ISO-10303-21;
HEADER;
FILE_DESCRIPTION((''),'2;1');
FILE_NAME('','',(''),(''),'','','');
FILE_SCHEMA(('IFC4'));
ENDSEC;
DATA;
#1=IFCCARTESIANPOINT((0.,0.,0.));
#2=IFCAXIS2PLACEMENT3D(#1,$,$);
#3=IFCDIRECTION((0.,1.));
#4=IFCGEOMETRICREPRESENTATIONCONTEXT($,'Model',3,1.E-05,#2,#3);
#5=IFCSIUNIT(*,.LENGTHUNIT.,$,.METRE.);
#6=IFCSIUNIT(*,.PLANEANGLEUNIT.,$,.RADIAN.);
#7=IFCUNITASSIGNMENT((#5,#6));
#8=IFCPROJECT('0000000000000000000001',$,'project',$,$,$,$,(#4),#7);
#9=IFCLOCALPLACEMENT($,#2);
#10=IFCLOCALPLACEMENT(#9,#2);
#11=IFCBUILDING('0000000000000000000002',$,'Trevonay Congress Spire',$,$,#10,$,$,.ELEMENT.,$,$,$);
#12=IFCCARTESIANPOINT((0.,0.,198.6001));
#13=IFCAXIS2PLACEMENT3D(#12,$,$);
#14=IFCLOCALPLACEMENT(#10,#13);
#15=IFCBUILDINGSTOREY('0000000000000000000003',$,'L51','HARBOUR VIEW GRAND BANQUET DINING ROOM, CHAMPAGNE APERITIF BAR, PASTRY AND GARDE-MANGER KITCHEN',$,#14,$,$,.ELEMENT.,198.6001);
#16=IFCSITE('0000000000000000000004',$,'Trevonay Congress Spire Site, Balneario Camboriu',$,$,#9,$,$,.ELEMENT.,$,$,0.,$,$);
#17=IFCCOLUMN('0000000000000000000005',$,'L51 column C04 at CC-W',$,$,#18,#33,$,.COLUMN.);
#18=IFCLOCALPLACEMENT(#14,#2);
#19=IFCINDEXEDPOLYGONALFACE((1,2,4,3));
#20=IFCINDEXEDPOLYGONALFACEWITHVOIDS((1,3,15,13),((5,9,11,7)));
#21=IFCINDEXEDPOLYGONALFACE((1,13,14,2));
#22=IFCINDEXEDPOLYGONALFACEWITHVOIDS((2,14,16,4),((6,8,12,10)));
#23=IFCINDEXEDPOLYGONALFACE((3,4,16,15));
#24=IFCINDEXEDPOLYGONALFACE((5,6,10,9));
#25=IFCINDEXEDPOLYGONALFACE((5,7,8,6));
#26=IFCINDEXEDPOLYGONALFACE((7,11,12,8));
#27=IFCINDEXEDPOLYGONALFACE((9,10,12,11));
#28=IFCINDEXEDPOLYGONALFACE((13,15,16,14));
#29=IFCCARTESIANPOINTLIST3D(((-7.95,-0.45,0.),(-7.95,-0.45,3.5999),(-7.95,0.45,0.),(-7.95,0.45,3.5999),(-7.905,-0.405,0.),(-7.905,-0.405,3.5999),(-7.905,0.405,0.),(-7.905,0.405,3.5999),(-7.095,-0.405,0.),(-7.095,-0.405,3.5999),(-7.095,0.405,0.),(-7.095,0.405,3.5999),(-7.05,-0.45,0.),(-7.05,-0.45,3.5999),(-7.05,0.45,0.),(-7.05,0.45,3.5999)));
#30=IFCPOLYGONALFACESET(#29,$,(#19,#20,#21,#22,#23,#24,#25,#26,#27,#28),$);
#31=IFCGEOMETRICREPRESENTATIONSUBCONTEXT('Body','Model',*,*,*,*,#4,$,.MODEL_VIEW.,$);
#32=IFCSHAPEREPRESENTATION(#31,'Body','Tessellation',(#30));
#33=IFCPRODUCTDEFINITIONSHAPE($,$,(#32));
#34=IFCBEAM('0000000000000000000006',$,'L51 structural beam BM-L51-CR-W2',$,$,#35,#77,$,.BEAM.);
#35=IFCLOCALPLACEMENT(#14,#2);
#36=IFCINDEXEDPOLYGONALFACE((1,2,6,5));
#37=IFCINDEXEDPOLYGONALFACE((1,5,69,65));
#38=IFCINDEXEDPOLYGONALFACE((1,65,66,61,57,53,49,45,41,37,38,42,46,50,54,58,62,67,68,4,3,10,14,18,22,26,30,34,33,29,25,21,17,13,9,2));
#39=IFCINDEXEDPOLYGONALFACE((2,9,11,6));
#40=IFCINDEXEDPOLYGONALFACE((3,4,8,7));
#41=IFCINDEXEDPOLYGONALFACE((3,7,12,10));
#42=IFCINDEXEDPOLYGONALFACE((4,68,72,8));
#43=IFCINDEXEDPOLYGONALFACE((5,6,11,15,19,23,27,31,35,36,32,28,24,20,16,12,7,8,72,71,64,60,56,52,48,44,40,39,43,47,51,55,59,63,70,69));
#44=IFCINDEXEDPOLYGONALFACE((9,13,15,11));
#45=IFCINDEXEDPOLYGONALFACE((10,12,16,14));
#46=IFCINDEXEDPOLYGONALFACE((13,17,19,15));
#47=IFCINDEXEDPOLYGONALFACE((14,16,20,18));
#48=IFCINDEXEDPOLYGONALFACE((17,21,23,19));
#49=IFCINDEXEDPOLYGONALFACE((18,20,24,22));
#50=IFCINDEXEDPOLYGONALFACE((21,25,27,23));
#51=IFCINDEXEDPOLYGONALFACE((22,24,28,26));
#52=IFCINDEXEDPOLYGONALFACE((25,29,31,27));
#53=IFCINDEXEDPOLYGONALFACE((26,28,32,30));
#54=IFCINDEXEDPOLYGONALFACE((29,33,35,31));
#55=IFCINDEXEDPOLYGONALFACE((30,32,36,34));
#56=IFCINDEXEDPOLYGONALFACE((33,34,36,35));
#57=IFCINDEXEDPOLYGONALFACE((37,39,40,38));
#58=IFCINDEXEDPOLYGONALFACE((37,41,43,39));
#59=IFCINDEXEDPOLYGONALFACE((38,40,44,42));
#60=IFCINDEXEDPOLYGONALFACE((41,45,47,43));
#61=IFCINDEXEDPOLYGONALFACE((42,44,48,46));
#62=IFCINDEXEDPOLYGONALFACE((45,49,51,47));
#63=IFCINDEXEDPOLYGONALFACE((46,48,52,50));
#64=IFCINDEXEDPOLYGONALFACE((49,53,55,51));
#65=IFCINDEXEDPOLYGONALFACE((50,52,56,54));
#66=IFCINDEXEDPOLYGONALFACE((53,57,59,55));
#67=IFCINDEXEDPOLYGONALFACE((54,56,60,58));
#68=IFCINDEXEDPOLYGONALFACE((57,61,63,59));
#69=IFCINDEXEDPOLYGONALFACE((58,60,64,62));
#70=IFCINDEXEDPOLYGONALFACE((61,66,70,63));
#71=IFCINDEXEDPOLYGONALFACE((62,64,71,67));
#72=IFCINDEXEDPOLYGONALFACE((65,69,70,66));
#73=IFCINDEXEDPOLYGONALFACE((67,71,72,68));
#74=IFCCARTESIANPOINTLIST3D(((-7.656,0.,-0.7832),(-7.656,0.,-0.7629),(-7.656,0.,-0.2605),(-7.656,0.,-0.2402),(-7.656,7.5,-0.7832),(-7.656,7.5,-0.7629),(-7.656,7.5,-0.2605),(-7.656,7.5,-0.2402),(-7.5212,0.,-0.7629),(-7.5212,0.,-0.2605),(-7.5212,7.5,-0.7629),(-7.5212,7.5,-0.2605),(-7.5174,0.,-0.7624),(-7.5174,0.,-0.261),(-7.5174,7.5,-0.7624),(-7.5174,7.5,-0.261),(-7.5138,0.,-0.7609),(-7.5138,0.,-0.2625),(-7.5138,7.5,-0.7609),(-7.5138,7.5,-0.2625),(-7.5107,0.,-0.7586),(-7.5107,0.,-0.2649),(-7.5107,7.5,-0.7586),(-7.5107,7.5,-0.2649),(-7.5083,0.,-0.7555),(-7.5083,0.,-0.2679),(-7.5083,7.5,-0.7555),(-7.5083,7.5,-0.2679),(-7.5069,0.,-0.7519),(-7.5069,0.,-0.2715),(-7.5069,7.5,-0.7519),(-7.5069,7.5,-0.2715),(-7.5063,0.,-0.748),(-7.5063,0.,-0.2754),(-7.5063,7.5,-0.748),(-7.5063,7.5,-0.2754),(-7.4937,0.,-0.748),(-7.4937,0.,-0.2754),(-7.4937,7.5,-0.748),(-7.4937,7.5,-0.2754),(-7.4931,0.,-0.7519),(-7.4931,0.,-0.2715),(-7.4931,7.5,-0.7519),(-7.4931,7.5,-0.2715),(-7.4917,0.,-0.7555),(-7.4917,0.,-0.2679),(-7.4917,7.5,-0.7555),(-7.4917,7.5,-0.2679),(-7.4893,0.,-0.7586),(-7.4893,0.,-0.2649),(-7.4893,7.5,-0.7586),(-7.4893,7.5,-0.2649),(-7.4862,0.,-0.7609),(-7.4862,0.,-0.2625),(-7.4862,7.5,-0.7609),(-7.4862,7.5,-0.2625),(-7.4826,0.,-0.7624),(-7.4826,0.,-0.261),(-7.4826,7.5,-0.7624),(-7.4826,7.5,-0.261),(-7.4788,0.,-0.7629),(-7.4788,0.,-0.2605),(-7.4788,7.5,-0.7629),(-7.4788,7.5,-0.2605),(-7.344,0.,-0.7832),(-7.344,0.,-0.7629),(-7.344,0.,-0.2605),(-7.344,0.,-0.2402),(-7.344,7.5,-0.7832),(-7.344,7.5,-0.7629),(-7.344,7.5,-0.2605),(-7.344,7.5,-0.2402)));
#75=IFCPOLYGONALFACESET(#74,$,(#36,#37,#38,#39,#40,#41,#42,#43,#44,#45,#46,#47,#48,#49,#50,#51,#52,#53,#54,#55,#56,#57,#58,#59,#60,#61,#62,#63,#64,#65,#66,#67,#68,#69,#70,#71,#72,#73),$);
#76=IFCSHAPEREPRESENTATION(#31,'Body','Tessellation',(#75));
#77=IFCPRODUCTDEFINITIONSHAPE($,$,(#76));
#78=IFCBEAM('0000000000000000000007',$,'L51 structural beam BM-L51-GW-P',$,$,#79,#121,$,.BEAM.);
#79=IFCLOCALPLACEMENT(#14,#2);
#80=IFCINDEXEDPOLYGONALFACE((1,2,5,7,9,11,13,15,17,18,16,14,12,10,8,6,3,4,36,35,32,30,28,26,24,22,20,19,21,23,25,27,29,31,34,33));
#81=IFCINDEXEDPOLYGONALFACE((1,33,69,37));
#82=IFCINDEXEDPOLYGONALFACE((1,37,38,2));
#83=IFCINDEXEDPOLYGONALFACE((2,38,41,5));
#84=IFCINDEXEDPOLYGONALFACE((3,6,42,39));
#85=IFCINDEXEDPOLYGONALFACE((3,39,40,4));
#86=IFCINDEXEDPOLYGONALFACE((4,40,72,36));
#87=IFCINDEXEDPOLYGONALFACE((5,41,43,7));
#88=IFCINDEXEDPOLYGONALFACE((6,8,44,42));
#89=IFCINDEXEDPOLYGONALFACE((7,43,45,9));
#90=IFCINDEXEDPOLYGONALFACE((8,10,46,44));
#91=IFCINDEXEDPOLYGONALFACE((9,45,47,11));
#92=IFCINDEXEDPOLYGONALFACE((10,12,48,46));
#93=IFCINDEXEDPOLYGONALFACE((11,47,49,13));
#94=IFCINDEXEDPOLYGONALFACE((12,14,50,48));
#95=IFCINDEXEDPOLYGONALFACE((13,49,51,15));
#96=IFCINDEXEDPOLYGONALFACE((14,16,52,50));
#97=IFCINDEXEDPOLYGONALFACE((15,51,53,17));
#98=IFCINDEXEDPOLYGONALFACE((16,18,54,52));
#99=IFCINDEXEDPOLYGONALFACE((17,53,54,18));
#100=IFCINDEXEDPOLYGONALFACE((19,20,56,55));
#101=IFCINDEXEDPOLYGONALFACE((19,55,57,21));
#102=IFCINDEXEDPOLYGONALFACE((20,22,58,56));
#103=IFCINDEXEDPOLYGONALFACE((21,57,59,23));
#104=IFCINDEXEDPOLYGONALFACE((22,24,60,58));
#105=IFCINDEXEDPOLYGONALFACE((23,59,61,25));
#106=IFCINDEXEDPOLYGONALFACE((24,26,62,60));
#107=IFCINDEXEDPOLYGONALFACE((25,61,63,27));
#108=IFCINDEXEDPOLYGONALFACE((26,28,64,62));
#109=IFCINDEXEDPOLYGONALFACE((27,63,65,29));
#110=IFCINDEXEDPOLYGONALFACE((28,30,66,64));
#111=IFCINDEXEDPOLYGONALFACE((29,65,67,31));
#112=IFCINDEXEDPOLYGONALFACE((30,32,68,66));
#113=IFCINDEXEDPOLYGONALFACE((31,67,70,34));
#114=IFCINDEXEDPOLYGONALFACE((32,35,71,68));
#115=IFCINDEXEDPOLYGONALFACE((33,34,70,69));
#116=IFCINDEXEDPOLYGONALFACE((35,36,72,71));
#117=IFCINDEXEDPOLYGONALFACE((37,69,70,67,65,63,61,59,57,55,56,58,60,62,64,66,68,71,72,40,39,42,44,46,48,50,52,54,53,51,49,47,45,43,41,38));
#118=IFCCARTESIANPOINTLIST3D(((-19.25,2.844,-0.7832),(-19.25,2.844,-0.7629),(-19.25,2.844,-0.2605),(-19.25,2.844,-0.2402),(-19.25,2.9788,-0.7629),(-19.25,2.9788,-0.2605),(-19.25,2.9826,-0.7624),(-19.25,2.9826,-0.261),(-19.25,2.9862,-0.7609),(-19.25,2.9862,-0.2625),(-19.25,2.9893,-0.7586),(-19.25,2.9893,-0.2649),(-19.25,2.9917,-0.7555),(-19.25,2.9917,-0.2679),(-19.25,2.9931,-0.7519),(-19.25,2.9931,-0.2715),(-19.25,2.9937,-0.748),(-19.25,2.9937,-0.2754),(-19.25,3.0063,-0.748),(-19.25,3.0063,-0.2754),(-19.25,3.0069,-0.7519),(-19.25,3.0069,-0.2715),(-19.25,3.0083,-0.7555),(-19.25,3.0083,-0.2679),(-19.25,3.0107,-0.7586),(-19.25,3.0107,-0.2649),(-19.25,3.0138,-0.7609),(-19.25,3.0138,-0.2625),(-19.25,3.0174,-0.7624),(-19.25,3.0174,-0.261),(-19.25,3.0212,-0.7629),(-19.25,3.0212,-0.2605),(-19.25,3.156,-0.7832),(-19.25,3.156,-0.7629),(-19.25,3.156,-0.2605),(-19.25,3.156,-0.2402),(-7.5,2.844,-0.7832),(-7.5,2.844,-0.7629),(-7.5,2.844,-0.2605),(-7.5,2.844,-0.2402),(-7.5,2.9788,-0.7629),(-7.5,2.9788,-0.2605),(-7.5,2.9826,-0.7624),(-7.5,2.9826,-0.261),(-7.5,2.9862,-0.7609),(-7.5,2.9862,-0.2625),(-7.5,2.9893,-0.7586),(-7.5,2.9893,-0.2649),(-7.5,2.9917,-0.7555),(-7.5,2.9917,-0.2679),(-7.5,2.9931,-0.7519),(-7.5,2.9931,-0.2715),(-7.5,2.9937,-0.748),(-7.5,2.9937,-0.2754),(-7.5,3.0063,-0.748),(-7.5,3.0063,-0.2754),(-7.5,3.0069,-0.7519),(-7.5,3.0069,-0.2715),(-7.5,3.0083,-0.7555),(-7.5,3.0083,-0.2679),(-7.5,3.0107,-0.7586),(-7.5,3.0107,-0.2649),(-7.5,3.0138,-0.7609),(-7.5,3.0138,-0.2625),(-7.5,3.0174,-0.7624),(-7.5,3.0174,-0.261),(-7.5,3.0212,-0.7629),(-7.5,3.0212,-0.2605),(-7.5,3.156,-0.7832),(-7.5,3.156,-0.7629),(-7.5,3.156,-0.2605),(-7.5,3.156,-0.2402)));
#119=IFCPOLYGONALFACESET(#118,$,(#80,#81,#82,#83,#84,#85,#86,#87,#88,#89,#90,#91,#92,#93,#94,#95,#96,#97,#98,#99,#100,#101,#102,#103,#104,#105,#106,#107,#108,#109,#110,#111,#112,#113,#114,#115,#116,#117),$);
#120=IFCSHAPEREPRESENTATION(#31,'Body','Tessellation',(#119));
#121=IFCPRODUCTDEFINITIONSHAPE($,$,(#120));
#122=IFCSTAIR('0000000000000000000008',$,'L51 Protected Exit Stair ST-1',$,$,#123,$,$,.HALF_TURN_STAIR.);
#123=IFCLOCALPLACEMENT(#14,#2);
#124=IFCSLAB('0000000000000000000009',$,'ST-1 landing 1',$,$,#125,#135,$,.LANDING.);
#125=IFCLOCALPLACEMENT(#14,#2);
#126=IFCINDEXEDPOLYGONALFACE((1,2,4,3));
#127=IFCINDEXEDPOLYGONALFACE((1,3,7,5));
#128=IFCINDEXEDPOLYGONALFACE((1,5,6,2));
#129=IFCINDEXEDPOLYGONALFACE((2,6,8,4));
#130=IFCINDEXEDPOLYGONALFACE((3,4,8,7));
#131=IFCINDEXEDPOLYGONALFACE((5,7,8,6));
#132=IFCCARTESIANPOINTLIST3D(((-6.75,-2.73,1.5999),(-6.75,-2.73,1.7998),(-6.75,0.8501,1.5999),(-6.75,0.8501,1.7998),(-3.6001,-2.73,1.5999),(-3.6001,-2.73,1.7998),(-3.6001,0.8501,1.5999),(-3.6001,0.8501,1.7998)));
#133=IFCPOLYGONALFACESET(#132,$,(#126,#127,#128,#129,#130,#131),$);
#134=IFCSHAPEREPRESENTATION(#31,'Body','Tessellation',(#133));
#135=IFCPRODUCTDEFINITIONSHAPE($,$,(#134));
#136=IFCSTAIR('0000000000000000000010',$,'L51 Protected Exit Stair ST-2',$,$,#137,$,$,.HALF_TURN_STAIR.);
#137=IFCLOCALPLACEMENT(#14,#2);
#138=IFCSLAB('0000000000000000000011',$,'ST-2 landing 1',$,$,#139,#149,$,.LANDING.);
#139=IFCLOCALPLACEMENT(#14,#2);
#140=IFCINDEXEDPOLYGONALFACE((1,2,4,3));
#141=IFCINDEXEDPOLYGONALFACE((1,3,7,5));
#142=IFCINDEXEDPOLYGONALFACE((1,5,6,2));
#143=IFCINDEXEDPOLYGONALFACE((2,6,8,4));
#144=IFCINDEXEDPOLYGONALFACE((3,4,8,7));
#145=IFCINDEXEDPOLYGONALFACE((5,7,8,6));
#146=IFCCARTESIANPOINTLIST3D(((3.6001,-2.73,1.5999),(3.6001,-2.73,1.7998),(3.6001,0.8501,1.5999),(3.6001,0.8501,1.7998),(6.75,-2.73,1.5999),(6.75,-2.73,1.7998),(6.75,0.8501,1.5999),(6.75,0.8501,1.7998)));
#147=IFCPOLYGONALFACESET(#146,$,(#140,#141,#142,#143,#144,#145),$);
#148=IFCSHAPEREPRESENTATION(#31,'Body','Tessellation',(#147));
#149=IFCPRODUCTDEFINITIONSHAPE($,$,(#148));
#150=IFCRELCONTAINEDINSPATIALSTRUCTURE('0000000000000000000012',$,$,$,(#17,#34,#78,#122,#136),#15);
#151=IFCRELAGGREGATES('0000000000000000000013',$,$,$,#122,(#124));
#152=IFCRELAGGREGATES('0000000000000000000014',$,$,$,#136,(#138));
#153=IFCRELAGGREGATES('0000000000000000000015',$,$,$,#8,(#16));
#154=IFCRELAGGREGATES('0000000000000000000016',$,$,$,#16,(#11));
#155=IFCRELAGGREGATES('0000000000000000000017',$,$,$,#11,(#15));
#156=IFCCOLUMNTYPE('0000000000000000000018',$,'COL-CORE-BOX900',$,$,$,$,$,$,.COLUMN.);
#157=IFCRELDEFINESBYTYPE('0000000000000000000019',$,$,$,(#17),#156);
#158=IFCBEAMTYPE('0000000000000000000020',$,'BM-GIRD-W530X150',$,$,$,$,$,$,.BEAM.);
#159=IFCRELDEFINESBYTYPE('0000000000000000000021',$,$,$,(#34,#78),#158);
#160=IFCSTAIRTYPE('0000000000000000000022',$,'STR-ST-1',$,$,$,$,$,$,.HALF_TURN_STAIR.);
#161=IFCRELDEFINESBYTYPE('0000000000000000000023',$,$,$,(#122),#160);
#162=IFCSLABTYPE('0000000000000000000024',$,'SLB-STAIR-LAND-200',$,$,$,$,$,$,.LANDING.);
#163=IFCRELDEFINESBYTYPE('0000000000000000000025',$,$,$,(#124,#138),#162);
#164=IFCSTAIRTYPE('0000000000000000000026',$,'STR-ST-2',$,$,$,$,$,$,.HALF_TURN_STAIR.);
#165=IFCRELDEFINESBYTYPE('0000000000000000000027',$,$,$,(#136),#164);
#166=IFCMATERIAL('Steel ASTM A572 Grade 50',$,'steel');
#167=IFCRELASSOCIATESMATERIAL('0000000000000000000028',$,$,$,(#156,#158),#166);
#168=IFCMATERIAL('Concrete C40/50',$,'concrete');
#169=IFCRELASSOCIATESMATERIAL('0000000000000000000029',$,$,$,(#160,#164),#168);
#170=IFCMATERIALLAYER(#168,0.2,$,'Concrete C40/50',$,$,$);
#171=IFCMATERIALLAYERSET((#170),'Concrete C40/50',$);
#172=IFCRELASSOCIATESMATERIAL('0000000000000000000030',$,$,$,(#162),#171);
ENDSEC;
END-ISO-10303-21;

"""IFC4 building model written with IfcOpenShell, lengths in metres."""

from ifc_helpers import new_model, si_unit, direction, frame, origin, origin_2d, place, context, subcontext, project, spatial, polyline, hollow_rectangle, i_section, outline, extrude, material, layer, layer_set, material_profile, profile_set, type_object, element, aggregate, save


model = new_model("IFC4")

# Units and contexts
model_context = context("Model", 3, precision=1e-05, world=origin(), true_north=direction((0.0, 1.0)))
body_context = subcontext(model_context, "Body", "Model", "MODEL_VIEW")
ifc_project = project(units=[si_unit("LENGTHUNIT", "METRE"), si_unit("PLANEANGLEUNIT", "RADIAN")], contexts=[model_context])

# Site, building, storey
site_placement = place(None, origin())
site = spatial("IfcSite", under=ifc_project, at=site_placement, Name="Trevonay Congress Spire Site, Balneario Camboriu", CompositionType="ELEMENT", RefElevation=0.0)
building_placement = place(site_placement, origin())
building = spatial("IfcBuilding", under=site, at=building_placement, Name="Trevonay Congress Spire", CompositionType="ELEMENT")
storey_placement = place(building_placement, frame((0.0, 0.0, 198.6001)))
storey = spatial("IfcBuildingStorey", under=building, at=storey_placement, Name="L51", Description="HARBOUR VIEW GRAND BANQUET DINING ROOM, CHAMPAGNE APERITIF BAR, PASTRY AND GARDE-MANGER KITCHEN", CompositionType="ELEMENT", Elevation=198.6001)

# Column
ifc_material_1 = material(Name="Steel ASTM A572 Grade 50", Category="steel")
ifc_material_profile_1 = material_profile(ifc_material_1, hollow_rectangle(XDim=0.8999, YDim=0.8999, WallThickness=0.0449, at=origin_2d()), Name="BOX 900x900x45")
ifc_profile_set_1 = profile_set([ifc_material_profile_1], Name="Steel ASTM A572 Grade 50")
column_type = type_object("IfcColumnType", Name="COL-CORE-BOX900", PredefinedType="COLUMN", material=ifc_profile_set_1)
column_placement = place(storey_placement, frame((-7.5, 0.0, 0.0), z_axis=(0.0, 0.0, 1.0), x_axis=(1.0, 0.0, 0.0)))
element("IfcColumn", 1, at=column_placement, inside=storey, type_object=column_type, Name="L51 column C04 at CC-W", PredefinedType="COLUMN", context=body_context, shape_type="SweptSolid", body=[
    extrude(hollow_rectangle(XDim=0.8999, YDim=0.8999, WallThickness=0.0449, at=origin_2d()), origin(), (0.0, 0.0, 1.0), 3.5999),
])

# Beams
ifc_material_profile_2 = material_profile(ifc_material_1, i_section(OverallWidth=0.312, OverallDepth=0.543, WebThickness=0.0127, FlangeThickness=0.0203, FilletRadius=0.0149, at=origin_2d()), Name="W530x150")
ifc_profile_set_2 = profile_set([ifc_material_profile_2], Name="Steel ASTM A572 Grade 50")
beam_type = type_object("IfcBeamType", Name="BM-GIRD-W530X150", PredefinedType="BEAM", material=ifc_profile_set_2)
beam_1_placement = place(storey_placement, frame((-7.5, 0.0, -0.5117), z_axis=(0.0, 1.0, 0.0), x_axis=(-1.0, 0.0, 0.0)))
element("IfcBeam", 2, at=beam_1_placement, inside=storey, type_object=beam_type, Name="L51 structural beam BM-L51-CR-W2", PredefinedType="BEAM", context=body_context, shape_type="SweptSolid", body=[
    extrude(i_section(OverallWidth=0.312, OverallDepth=0.543, WebThickness=0.0127, FlangeThickness=0.0203, FilletRadius=0.0149, at=origin_2d()), origin(), (0.0, 0.0, 1.0), 7.5),
])
beam_2_placement = place(storey_placement, frame((-7.5, 3.0, -0.5117), z_axis=(-1.0, 0.0, 0.0), x_axis=(0.0, -1.0, 0.0)))
element("IfcBeam", 3, at=beam_2_placement, inside=storey, type_object=beam_type, Name="L51 structural beam BM-L51-GW-P", PredefinedType="BEAM", context=body_context, shape_type="SweptSolid", body=[
    extrude(i_section(OverallWidth=0.312, OverallDepth=0.543, WebThickness=0.0127, FlangeThickness=0.0203, FilletRadius=0.0149, at=origin_2d()), origin(), (0.0, 0.0, 1.0), 11.75),
])

# Stairs, slabs
ifc_material_2 = material(Name="Concrete C40/50", Category="concrete")
stair_type_1 = type_object("IfcStairType", Name="STR-ST-1", PredefinedType="HALF_TURN_STAIR", material=ifc_material_2)
stair_1_placement = place(storey_placement, origin())
stair_1 = element("IfcStair", 4, at=stair_1_placement, inside=storey, type_object=stair_type_1, Name="L51 Protected Exit Stair ST-1", PredefinedType="HALF_TURN_STAIR")
ifc_layer_1 = layer(ifc_material_2, 0.2, Name="Concrete C40/50")
ifc_layer_set_1 = layer_set([ifc_layer_1], Name="Concrete C40/50")
slab_type_1 = type_object("IfcSlabType", Name="SLB-STAIR-LAND-200", PredefinedType="LANDING", material=ifc_layer_set_1)
slab_1_placement = place(storey_placement, frame((0.0, 0.0, 1.5999)))
slab_1 = element("IfcSlab", 5, at=slab_1_placement, type_object=slab_type_1, Name="ST-1 landing 1", PredefinedType="LANDING", context=body_context, shape_type="SweptSolid", body=[
    extrude(outline(polyline([(-3.6001, -2.73), (-3.6001, 0.8501), (-6.75, 0.8501), (-6.75, -2.73), (-3.6001, -2.73)])), origin(), (0.0, 0.0, 1.0), 0.2),
])
aggregate(stair_1, [slab_1])
stair_type_2 = type_object("IfcStairType", Name="STR-ST-2", PredefinedType="HALF_TURN_STAIR", material=ifc_material_2)
stair_2_placement = place(storey_placement, origin())
stair_2 = element("IfcStair", 6, at=stair_2_placement, inside=storey, type_object=stair_type_2, Name="L51 Protected Exit Stair ST-2", PredefinedType="HALF_TURN_STAIR")
slab_2_placement = place(storey_placement, frame((0.0, 0.0, 1.5999)))
slab_2 = element("IfcSlab", 7, at=slab_2_placement, type_object=slab_type_1, Name="ST-2 landing 1", PredefinedType="LANDING", context=body_context, shape_type="SweptSolid", body=[
    extrude(outline(polyline([(6.75, -2.73), (6.75, 0.8501), (3.6001, 0.8501), (3.6001, -2.73), (6.75, -2.73)])), origin(), (0.0, 0.0, 1.0), 0.2),
])
aggregate(stair_2, [slab_2])

save(model, "model.ifc")
